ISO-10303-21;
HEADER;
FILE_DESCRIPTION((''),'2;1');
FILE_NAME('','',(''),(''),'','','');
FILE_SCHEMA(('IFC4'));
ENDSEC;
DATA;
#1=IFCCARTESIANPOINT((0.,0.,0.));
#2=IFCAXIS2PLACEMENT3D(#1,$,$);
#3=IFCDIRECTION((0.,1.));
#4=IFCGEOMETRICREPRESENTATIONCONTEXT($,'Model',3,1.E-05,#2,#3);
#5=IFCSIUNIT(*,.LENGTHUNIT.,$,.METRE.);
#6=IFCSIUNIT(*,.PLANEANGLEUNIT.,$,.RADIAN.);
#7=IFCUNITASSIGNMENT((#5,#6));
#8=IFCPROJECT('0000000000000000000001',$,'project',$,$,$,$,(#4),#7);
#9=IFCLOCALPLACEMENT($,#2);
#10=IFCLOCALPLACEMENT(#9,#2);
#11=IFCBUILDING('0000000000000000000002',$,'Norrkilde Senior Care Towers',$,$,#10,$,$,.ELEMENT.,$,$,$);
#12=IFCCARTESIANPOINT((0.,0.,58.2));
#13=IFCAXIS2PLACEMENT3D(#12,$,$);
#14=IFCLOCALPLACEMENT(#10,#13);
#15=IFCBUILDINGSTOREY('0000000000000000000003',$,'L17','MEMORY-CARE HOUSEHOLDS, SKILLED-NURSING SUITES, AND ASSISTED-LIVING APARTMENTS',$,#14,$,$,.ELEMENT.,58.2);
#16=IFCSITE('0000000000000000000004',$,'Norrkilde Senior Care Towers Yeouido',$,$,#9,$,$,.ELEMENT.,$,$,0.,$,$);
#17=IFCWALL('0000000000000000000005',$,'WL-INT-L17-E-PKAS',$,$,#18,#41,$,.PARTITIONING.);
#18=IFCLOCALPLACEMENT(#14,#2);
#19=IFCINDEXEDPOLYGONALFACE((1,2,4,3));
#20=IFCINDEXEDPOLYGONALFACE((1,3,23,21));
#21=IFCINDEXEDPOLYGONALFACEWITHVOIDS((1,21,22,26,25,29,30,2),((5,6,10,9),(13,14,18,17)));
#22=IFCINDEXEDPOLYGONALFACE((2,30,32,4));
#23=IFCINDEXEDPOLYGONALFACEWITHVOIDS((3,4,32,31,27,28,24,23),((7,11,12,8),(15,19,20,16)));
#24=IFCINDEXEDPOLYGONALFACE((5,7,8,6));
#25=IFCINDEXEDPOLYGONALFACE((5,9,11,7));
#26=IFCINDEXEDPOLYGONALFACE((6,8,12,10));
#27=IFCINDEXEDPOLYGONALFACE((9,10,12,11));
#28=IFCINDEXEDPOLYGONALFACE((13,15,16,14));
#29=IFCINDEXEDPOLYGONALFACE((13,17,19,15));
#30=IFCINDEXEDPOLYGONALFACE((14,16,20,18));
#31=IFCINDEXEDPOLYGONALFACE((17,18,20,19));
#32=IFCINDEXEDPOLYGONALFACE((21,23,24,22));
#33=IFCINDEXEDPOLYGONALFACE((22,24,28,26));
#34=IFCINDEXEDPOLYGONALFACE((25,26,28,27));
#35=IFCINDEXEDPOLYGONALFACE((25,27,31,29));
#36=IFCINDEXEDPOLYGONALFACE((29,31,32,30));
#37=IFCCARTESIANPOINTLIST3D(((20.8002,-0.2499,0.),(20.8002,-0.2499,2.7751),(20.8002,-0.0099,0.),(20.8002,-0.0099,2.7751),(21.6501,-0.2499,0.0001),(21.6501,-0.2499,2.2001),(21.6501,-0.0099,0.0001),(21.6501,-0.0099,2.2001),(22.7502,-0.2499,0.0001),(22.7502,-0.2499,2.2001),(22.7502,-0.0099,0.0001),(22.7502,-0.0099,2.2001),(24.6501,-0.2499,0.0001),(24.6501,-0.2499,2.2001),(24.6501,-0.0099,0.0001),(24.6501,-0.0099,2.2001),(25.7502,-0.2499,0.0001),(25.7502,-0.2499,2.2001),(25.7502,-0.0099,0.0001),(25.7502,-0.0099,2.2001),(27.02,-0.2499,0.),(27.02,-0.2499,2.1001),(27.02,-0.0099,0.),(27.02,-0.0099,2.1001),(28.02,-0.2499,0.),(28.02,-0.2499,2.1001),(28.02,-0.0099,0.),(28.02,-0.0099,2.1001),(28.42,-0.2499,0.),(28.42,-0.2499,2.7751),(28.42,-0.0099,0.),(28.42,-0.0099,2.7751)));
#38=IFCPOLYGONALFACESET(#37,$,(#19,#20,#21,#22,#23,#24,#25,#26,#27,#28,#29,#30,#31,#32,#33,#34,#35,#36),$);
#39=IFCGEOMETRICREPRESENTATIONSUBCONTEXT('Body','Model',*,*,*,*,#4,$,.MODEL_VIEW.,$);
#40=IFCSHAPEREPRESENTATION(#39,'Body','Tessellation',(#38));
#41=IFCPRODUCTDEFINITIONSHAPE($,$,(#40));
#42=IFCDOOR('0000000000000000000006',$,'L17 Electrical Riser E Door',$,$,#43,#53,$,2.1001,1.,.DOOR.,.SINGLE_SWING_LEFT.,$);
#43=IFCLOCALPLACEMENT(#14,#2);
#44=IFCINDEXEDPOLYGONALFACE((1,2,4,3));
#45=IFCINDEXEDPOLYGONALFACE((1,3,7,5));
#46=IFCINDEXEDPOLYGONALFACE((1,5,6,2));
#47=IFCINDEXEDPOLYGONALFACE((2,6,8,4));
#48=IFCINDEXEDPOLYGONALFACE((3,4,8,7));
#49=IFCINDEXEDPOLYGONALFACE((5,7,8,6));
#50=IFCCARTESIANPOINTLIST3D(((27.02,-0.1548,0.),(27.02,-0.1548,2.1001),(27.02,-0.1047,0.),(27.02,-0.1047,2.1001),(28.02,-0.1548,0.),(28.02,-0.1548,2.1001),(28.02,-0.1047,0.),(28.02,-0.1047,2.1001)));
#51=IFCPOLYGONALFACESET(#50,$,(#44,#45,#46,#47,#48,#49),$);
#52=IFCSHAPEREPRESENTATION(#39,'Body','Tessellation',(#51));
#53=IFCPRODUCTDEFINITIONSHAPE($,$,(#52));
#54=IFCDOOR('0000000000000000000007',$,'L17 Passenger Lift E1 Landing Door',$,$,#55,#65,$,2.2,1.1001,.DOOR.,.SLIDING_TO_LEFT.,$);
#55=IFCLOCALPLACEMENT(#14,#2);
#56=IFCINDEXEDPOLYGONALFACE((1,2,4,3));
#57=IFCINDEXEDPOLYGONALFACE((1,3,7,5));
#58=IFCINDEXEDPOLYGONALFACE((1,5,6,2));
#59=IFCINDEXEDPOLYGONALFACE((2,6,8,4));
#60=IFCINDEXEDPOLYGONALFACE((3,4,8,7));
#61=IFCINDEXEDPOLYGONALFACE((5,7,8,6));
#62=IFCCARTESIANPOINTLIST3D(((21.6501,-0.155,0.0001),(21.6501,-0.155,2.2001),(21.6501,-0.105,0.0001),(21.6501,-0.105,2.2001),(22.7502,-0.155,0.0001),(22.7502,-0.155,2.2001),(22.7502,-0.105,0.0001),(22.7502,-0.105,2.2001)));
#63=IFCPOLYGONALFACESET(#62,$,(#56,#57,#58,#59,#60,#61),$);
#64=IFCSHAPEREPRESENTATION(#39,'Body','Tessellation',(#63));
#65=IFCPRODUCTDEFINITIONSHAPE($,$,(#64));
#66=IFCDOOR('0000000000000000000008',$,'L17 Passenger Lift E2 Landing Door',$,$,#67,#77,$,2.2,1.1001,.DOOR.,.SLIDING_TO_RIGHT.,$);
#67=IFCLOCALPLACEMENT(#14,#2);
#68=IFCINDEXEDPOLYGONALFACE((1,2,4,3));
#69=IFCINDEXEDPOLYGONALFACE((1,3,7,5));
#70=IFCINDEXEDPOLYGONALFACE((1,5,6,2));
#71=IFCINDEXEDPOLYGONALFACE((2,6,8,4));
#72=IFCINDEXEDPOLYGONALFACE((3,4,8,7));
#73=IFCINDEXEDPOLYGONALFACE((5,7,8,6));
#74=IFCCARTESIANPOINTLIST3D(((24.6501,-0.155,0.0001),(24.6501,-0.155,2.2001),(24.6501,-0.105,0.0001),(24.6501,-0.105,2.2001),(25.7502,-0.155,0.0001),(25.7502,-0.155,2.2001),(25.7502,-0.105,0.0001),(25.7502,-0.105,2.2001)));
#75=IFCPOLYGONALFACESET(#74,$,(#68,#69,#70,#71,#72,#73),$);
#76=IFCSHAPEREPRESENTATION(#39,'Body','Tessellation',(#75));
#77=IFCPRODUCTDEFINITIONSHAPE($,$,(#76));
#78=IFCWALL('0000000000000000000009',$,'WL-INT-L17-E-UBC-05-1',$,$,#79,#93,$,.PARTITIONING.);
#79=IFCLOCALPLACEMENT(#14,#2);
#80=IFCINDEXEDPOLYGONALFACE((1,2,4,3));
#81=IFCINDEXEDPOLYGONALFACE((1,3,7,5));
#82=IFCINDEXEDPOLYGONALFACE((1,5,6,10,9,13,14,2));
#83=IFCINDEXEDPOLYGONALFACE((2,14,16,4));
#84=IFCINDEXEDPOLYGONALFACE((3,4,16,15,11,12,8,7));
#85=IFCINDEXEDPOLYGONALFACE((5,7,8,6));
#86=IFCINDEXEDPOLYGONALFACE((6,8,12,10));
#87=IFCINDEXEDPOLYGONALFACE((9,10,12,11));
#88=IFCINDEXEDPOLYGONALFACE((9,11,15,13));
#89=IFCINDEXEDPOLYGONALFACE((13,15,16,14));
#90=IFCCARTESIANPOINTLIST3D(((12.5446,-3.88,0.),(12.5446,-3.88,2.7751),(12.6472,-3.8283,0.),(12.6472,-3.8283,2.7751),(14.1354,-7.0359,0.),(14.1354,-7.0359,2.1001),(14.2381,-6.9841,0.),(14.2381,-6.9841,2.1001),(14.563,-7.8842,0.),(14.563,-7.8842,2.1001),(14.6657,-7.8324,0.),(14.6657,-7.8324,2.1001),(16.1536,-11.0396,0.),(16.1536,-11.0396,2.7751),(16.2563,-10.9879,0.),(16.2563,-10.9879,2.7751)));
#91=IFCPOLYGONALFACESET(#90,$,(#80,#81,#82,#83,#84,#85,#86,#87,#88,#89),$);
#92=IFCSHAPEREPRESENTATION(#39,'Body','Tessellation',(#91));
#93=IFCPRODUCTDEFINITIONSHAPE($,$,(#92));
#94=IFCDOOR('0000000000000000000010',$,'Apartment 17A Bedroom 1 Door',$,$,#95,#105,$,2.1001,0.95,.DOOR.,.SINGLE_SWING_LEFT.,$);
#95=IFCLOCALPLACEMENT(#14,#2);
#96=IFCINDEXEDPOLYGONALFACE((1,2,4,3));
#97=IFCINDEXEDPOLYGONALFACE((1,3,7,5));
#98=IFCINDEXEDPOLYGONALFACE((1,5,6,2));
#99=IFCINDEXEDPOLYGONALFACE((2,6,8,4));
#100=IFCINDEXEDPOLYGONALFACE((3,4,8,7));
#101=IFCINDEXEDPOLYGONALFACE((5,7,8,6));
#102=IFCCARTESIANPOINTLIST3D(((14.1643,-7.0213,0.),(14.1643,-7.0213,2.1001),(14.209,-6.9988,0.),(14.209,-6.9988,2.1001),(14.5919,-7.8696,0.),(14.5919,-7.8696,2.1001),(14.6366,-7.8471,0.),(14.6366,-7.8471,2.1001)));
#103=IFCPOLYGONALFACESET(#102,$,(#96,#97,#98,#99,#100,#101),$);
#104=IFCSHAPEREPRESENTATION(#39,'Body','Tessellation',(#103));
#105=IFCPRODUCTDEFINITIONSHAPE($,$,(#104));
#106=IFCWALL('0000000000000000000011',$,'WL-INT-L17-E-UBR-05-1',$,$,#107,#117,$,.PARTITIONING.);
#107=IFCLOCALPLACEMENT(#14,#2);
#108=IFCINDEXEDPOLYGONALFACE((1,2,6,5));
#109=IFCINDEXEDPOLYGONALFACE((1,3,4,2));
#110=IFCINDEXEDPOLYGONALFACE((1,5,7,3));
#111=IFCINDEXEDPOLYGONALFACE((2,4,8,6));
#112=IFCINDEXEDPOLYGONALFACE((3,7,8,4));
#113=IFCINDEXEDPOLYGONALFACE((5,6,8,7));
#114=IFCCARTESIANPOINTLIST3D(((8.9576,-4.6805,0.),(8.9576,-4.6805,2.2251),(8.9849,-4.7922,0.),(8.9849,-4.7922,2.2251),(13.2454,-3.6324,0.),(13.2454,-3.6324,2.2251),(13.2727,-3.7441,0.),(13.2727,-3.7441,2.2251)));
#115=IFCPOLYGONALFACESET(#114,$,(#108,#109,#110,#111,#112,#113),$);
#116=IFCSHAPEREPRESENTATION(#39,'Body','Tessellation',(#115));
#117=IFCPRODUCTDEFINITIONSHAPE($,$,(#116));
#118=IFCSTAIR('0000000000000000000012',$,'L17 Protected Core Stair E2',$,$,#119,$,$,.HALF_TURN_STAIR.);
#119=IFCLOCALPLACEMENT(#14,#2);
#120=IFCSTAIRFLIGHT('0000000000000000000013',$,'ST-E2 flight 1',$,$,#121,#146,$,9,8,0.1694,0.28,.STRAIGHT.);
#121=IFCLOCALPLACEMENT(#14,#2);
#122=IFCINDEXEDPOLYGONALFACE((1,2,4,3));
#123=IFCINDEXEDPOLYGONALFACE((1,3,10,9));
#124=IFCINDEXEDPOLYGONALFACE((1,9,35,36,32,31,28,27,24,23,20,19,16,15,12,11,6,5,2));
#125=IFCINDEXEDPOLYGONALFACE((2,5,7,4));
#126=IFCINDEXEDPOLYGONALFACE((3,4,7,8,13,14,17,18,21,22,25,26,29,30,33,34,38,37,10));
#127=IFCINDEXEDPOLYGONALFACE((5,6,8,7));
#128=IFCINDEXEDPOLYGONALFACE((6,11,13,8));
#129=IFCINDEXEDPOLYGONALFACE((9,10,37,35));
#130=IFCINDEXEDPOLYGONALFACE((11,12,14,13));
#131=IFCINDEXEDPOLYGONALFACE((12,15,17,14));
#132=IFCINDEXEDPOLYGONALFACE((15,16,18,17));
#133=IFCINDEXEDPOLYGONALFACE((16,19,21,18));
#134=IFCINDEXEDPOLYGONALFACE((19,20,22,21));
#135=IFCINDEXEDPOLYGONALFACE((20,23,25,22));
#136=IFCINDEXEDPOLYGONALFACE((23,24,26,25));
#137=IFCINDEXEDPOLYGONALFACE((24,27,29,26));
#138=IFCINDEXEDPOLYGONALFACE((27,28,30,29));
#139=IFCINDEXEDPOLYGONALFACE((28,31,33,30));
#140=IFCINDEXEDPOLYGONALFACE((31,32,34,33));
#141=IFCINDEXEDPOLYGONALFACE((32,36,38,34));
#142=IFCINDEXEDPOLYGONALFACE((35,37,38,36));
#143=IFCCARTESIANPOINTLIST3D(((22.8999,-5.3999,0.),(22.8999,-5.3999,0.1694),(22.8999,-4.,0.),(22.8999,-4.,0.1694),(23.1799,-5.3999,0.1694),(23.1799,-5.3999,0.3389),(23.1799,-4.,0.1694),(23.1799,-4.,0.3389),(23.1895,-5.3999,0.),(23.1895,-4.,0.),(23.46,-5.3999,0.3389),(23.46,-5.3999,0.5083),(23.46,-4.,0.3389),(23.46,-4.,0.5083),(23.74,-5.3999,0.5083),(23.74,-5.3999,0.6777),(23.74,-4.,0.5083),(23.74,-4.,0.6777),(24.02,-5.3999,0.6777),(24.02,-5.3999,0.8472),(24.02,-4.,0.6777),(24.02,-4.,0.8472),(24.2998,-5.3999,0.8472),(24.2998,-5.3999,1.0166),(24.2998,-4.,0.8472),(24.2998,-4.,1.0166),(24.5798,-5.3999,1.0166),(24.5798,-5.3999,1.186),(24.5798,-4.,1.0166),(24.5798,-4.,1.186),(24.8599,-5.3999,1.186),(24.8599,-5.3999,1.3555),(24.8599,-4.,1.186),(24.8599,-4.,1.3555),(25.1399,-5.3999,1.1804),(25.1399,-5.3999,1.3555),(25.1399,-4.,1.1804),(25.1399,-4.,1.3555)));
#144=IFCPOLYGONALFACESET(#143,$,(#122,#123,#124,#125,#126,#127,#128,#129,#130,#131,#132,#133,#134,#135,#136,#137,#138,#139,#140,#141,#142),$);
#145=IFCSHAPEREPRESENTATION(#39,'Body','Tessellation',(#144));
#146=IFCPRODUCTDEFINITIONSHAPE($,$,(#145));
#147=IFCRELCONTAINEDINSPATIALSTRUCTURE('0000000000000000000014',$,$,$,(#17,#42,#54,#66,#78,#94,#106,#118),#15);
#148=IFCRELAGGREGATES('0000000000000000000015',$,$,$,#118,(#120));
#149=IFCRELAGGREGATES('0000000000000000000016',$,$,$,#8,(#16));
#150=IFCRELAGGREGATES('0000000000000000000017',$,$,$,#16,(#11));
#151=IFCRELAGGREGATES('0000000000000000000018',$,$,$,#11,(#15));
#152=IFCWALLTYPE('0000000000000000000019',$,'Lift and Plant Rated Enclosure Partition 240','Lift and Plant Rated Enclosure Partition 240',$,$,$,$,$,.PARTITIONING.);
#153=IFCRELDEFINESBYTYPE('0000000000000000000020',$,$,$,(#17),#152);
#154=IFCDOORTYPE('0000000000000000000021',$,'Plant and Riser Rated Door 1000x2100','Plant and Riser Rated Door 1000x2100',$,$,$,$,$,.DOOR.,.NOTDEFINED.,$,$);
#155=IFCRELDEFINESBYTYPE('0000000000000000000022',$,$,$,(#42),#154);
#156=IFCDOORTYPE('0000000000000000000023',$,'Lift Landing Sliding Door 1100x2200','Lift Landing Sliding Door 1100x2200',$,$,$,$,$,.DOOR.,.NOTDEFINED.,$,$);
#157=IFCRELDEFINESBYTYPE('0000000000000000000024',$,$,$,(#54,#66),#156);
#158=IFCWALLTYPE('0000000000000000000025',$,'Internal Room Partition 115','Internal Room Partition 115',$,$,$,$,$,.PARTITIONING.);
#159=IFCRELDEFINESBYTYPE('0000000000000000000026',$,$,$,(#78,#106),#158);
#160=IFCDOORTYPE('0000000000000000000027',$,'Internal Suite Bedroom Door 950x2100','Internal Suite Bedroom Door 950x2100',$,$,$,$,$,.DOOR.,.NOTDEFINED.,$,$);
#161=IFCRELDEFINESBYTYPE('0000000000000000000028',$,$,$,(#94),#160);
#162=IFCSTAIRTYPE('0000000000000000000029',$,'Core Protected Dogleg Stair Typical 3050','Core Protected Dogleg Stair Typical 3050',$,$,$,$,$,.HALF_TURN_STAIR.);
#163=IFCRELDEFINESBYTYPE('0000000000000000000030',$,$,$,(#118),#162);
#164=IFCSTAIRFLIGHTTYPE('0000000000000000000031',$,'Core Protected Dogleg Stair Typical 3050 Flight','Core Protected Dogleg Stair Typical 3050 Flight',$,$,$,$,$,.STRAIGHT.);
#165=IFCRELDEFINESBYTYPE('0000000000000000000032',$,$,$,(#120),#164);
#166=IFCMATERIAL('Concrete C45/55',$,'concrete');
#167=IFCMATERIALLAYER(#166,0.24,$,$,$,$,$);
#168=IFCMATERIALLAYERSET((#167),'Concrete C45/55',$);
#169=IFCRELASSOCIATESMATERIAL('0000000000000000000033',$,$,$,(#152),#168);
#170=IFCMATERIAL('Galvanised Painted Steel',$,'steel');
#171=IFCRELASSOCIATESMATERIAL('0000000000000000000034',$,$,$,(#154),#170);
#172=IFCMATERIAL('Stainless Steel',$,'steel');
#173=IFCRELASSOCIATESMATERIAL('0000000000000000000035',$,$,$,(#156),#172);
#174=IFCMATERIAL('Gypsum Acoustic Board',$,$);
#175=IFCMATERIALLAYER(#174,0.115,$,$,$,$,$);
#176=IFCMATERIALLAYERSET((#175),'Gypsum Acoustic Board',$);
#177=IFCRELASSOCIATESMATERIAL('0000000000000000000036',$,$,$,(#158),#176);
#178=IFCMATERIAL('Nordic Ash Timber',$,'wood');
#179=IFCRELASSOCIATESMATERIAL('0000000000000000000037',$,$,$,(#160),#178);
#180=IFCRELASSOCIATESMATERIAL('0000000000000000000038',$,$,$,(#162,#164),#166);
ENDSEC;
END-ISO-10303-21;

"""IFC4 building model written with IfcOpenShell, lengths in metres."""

from ifc_helpers import new_model, si_unit, direction, frame, frame_2d, origin, place, context, subcontext, project, spatial, polyline, rectangle, outline, extrude, source, transform, mapped, material, layer, layer_set, type_object, type_shapes, element, fill, aggregate, save


model = new_model("IFC4")

# Units and contexts
model_context = context("Model", 3, precision=1e-05, world=origin(), true_north=direction((0.0, 1.0)))
body_context = subcontext(model_context, "Body", "Model", "MODEL_VIEW")
ifc_project = project(units=[si_unit("LENGTHUNIT", "METRE"), si_unit("PLANEANGLEUNIT", "RADIAN")], contexts=[model_context])

# Site, building, storey
site_placement = place(None, origin())
site = spatial("IfcSite", under=ifc_project, at=site_placement, Name="Norrkilde Senior Care Towers Yeouido", CompositionType="ELEMENT", RefElevation=0.0)
building_placement = place(site_placement, origin())
building = spatial("IfcBuilding", under=site, at=building_placement, Name="Norrkilde Senior Care Towers", CompositionType="ELEMENT")
storey_placement = place(building_placement, frame((0.0, 0.0, 58.2)))
storey = spatial("IfcBuildingStorey", under=building, at=storey_placement, Name="L17", Description="MEMORY-CARE HOUSEHOLDS, SKILLED-NURSING SUITES, AND ASSISTED-LIVING APARTMENTS", CompositionType="ELEMENT", Elevation=58.2)

# Shared definitions
ifc_material_1 = material(Name="Galvanised Painted Steel", Category="steel")
ifc_material_2 = material(Name="Concrete C45/55", Category="concrete")

# Wall, openings, doors
ifc_layer_1 = layer(ifc_material_2, 0.24)
ifc_layer_set_1 = layer_set([ifc_layer_1], Name="Concrete C45/55")
wall_type_1 = type_object("IfcWallType", Name="Lift and Plant Rated Enclosure Partition 240", Description="Lift and Plant Rated Enclosure Partition 240", PredefinedType="PARTITIONING", material=ifc_layer_set_1)
shared_shape_1 = source(origin(), body_context, "Body", "SweptSolid", [
    extrude(rectangle(XDim=7.6199, YDim=0.24, at=frame_2d((3.8101, 0.0))), origin(), (0.0, 0.0, 1.0), 2.7751),
])
type_shapes(wall_type_1, [shared_shape_1])
wall_1_placement = place(storey_placement, frame((20.8, -0.1299, 0.0), z_axis=(0.0, 0.0, 1.0), x_axis=(1.0, 0.0, 0.0)))
wall_1 = element("IfcWall", 1, at=wall_1_placement, inside=storey, type_object=wall_type_1, Name="WL-INT-L17-E-PKAS", PredefinedType="PARTITIONING", context=body_context, shape_type="MappedRepresentation", body=[
    mapped(shared_shape_1, transform((0.0, 0.0, 0.0), x_axis=(1.0, 0.0, 0.0), y_axis=(0.0, 1.0, 0.0), z_axis=(0.0, 0.0, 1.0), scale=1.0)),
])
opening_1_placement = place(wall_1_placement, frame((6.22, 0.0, 0.0)))
opening_1 = element("IfcOpeningElement", 2, at=opening_1_placement, cuts=wall_1, PredefinedType="OPENING", context=body_context, shape_type="SweptSolid", body=[
    extrude(rectangle(XDim=1.0, YDim=2.1001, at=frame_2d((0.5, 1.05))), frame((0.0, 0.1299, 0.0), z_axis=(0.0, -1.0, 0.0), x_axis=(1.0, 0.0, 0.0)), (0.0, 0.0, 1.0), 0.26),
])
opening_2_placement = place(wall_1_placement, frame((0.8501, 0.0, 0.0)))
opening_2 = element("IfcOpeningElement", 3, at=opening_2_placement, cuts=wall_1, PredefinedType="OPENING", context=body_context, shape_type="SweptSolid", body=[
    extrude(rectangle(XDim=1.1001, YDim=2.2, at=frame_2d((0.55, 1.1001))), frame((0.0, 0.1299, 0.0), z_axis=(0.0, -1.0, 0.0), x_axis=(1.0, 0.0, 0.0)), (0.0, 0.0, 1.0), 0.26),
])
opening_3_placement = place(wall_1_placement, frame((3.8501, 0.0, 0.0)))
opening_3 = element("IfcOpeningElement", 4, at=opening_3_placement, cuts=wall_1, PredefinedType="OPENING", context=body_context, shape_type="SweptSolid", body=[
    extrude(rectangle(XDim=1.1001, YDim=2.2, at=frame_2d((0.55, 1.1001))), frame((0.0, 0.1299, 0.0), z_axis=(0.0, -1.0, 0.0), x_axis=(1.0, 0.0, 0.0)), (0.0, 0.0, 1.0), 0.26),
])
door_type_1 = type_object("IfcDoorType", Name="Plant and Riser Rated Door 1000x2100", Description="Plant and Riser Rated Door 1000x2100", OperationType="NOTDEFINED", PredefinedType="DOOR", material=ifc_material_1)
shared_shape_2 = source(origin(), body_context, "Body", "SweptSolid", [
    extrude(rectangle(XDim=1.0, YDim=2.1001, at=frame_2d((0.5, 1.05))), frame((0.0, 0.0249, 0.0), z_axis=(0.0, -1.0, 0.0), x_axis=(1.0, 0.0, 0.0)), (0.0, 0.0, 1.0), 0.05),
])
type_shapes(door_type_1, [shared_shape_2])
door_1_placement = place(opening_1_placement, frame((1.0, 0.0, 0.0), z_axis=(0.0, 0.0, 1.0), x_axis=(-1.0, 0.0, 0.0)))
door_1 = element("IfcDoor", 5, at=door_1_placement, inside=storey, type_object=door_type_1, Name="L17 Electrical Riser E Door", OperationType="SINGLE_SWING_LEFT", OverallHeight=2.1001, OverallWidth=1.0, PredefinedType="DOOR", context=body_context, shape_type="MappedRepresentation", body=[
    mapped(shared_shape_2, transform((0.0, 0.0, 0.0), x_axis=(1.0, 0.0, 0.0), y_axis=(0.0, 1.0, 0.0), z_axis=(0.0, 0.0, 1.0), scale=1.0)),
])
fill(opening_1, door_1)
ifc_material_3 = material(Name="Stainless Steel", Category="steel")
door_type_2 = type_object("IfcDoorType", Name="Lift Landing Sliding Door 1100x2200", Description="Lift Landing Sliding Door 1100x2200", OperationType="NOTDEFINED", PredefinedType="DOOR", material=ifc_material_3)
shared_shape_3 = source(origin(), body_context, "Body", "SweptSolid", [
    extrude(rectangle(XDim=1.1001, YDim=2.2, at=frame_2d((0.55, 1.1001))), frame((0.0, 0.0249, 0.0), z_axis=(0.0, -1.0, 0.0), x_axis=(1.0, 0.0, 0.0)), (0.0, 0.0, 1.0), 0.05),
])
type_shapes(door_type_2, [shared_shape_3])
door_2_placement = place(opening_2_placement, origin())
door_2 = element("IfcDoor", 6, at=door_2_placement, inside=storey, type_object=door_type_2, Name="L17 Passenger Lift E1 Landing Door", OperationType="SLIDING_TO_LEFT", OverallHeight=2.2, OverallWidth=1.1001, PredefinedType="DOOR", context=body_context, shape_type="MappedRepresentation", body=[
    mapped(shared_shape_3, transform((0.0, 0.0, 0.0), x_axis=(1.0, 0.0, 0.0), y_axis=(0.0, 1.0, 0.0), z_axis=(0.0, 0.0, 1.0), scale=1.0)),
])
fill(opening_2, door_2)
door_3_placement = place(opening_3_placement, origin())
door_3 = element("IfcDoor", 7, at=door_3_placement, inside=storey, type_object=door_type_2, Name="L17 Passenger Lift E2 Landing Door", OperationType="SLIDING_TO_RIGHT", OverallHeight=2.2, OverallWidth=1.1001, PredefinedType="DOOR", context=body_context, shape_type="MappedRepresentation", body=[
    mapped(shared_shape_3, transform((0.0, 0.0, 0.0), x_axis=(1.0, 0.0, 0.0), y_axis=(0.0, 1.0, 0.0), z_axis=(0.0, 0.0, 1.0), scale=1.0)),
])
fill(opening_3, door_3)

# Wall, opening, door
ifc_material_4 = material(Name="Gypsum Acoustic Board")
ifc_layer_2 = layer(ifc_material_4, 0.115)
ifc_layer_set_2 = layer_set([ifc_layer_2], Name="Gypsum Acoustic Board")
wall_type_2 = type_object("IfcWallType", Name="Internal Room Partition 115", Description="Internal Room Partition 115", PredefinedType="PARTITIONING", material=ifc_layer_set_2)
shared_shape_4 = source(origin(), body_context, "Body", "SweptSolid", [
    extrude(rectangle(XDim=8.0178, YDim=0.115, at=frame_2d((4.0088, 0.0))), origin(), (0.0, 0.0, 1.0), 2.7751),
])
wall_2_placement = place(storey_placement, frame((12.5959, -3.8542, 0.0), z_axis=(0.0, 0.0, 1.0), x_axis=(0.450134, -0.892961, 0.0)))
wall_2 = element("IfcWall", 8, at=wall_2_placement, inside=storey, type_object=wall_type_2, Name="WL-INT-L17-E-UBC-05-1", PredefinedType="PARTITIONING", context=body_context, shape_type="MappedRepresentation", body=[
    mapped(shared_shape_4, transform((0.0, 0.0, 0.0), x_axis=(1.0, 0.0, 0.0), y_axis=(0.0, 1.0, 0.0), z_axis=(0.0, 0.0, 1.0), scale=1.0)),
])
opening_4_placement = place(wall_2_placement, frame((3.5339, 0.0, 0.0)))
opening_4 = element("IfcOpeningElement", 9, at=opening_4_placement, cuts=wall_2, PredefinedType="OPENING", context=body_context, shape_type="SweptSolid", body=[
    extrude(rectangle(XDim=0.95, YDim=2.1001, at=frame_2d((0.4751, 1.05))), frame((0.0, 0.0674, 0.0), z_axis=(0.0, -1.0, 0.0), x_axis=(1.0, 0.0, 0.0)), (0.0, 0.0, 1.0), 0.135),
])
ifc_material_5 = material(Name="Nordic Ash Timber", Category="wood")
door_type_3 = type_object("IfcDoorType", Name="Internal Suite Bedroom Door 950x2100", Description="Internal Suite Bedroom Door 950x2100", OperationType="NOTDEFINED", PredefinedType="DOOR", material=ifc_material_5)
shared_shape_5 = source(origin(), body_context, "Body", "SweptSolid", [
    extrude(rectangle(XDim=0.95, YDim=2.1001, at=frame_2d((0.4751, 1.05))), frame((0.0, 0.0249, 0.0), z_axis=(0.0, -1.0, 0.0), x_axis=(1.0, 0.0, 0.0)), (0.0, 0.0, 1.0), 0.05),
])
type_shapes(door_type_3, [shared_shape_5])
door_4_placement = place(opening_4_placement, origin())
door_4 = element("IfcDoor", 10, at=door_4_placement, inside=storey, type_object=door_type_3, Name="Apartment 17A Bedroom 1 Door", OperationType="SINGLE_SWING_LEFT", OverallHeight=2.1001, OverallWidth=0.95, PredefinedType="DOOR", context=body_context, shape_type="MappedRepresentation", body=[
    mapped(shared_shape_5, transform((0.0, 0.0, 0.0), x_axis=(1.0, 0.0, 0.0), y_axis=(0.0, 1.0, 0.0), z_axis=(0.0, 0.0, 1.0), scale=1.0)),
])
fill(opening_4, door_4)

# Wall
shared_shape_6 = source(origin(), body_context, "Body", "SweptSolid", [
    extrude(rectangle(XDim=4.4141, YDim=0.115, at=frame_2d((2.207, 0.0))), origin(), (0.0, 0.0, 1.0), 2.2251),
])
type_shapes(wall_type_2, [shared_shape_4, shared_shape_6])
wall_3_placement = place(storey_placement, frame((13.259, -3.6882, 0.0), z_axis=(0.0, 0.0, 1.0), x_axis=(-0.971401, -0.237444, 0.0)))
element("IfcWall", 11, at=wall_3_placement, inside=storey, type_object=wall_type_2, Name="WL-INT-L17-E-UBR-05-1", PredefinedType="PARTITIONING", context=body_context, shape_type="MappedRepresentation", body=[
    mapped(shared_shape_6, transform((0.0, 0.0, 0.0), x_axis=(1.0, 0.0, 0.0), y_axis=(0.0, 1.0, 0.0), z_axis=(0.0, 0.0, 1.0), scale=1.0)),
])

# Stair, stair flight
stair_type = type_object("IfcStairType", Name="Core Protected Dogleg Stair Typical 3050", Description="Core Protected Dogleg Stair Typical 3050", PredefinedType="HALF_TURN_STAIR", material=ifc_material_2)
stair_placement = place(storey_placement, origin())
stair = element("IfcStair", 12, at=stair_placement, inside=storey, type_object=stair_type, Name="L17 Protected Core Stair E2", PredefinedType="HALF_TURN_STAIR")
stair_flight_type = type_object("IfcStairFlightType", Name="Core Protected Dogleg Stair Typical 3050 Flight", Description="Core Protected Dogleg Stair Typical 3050 Flight", PredefinedType="STRAIGHT", material=ifc_material_2)
stair_flight_1_placement = place(storey_placement, frame((22.8999, -4.7, 0.0), z_axis=(0.0, 0.0, 1.0), x_axis=(1.0, 0.0, 0.0)))
stair_flight_1 = element("IfcStairFlight", 13, at=stair_flight_1_placement, type_object=stair_flight_type, Name="ST-E2 flight 1", NumberOfRisers=9, NumberOfTreads=8, PredefinedType="STRAIGHT", RiserHeight=0.1694, TreadLength=0.28, context=body_context, shape_type="SweptSolid", body=[
    extrude(outline(polyline([(0.0, 0.0), (0.0, 0.1694), (0.28, 0.1694), (0.28, 0.3389), (0.5601, 0.3389), (0.5601, 0.5083), (0.8401, 0.5083), (0.8401, 0.6777), (1.1201, 0.6777), (1.1201, 0.8472), (1.3999, 0.8472), (1.3999, 1.0166), (1.6799, 1.0166), (1.6799, 1.186), (1.96, 1.186), (1.96, 1.3555), (2.24, 1.3555), (2.24, 1.5249), (2.24, 1.1804), (0.2896, 0.0), (0.0, 0.0)])), frame((0.0, 0.7, 0.0), z_axis=(0.0, -1.0, 0.0), x_axis=(1.0, 0.0, 0.0)), (0.0, 0.0, 1.0), 1.3999),
])
aggregate(stair, [stair_flight_1])

save(model, "model.ifc")
